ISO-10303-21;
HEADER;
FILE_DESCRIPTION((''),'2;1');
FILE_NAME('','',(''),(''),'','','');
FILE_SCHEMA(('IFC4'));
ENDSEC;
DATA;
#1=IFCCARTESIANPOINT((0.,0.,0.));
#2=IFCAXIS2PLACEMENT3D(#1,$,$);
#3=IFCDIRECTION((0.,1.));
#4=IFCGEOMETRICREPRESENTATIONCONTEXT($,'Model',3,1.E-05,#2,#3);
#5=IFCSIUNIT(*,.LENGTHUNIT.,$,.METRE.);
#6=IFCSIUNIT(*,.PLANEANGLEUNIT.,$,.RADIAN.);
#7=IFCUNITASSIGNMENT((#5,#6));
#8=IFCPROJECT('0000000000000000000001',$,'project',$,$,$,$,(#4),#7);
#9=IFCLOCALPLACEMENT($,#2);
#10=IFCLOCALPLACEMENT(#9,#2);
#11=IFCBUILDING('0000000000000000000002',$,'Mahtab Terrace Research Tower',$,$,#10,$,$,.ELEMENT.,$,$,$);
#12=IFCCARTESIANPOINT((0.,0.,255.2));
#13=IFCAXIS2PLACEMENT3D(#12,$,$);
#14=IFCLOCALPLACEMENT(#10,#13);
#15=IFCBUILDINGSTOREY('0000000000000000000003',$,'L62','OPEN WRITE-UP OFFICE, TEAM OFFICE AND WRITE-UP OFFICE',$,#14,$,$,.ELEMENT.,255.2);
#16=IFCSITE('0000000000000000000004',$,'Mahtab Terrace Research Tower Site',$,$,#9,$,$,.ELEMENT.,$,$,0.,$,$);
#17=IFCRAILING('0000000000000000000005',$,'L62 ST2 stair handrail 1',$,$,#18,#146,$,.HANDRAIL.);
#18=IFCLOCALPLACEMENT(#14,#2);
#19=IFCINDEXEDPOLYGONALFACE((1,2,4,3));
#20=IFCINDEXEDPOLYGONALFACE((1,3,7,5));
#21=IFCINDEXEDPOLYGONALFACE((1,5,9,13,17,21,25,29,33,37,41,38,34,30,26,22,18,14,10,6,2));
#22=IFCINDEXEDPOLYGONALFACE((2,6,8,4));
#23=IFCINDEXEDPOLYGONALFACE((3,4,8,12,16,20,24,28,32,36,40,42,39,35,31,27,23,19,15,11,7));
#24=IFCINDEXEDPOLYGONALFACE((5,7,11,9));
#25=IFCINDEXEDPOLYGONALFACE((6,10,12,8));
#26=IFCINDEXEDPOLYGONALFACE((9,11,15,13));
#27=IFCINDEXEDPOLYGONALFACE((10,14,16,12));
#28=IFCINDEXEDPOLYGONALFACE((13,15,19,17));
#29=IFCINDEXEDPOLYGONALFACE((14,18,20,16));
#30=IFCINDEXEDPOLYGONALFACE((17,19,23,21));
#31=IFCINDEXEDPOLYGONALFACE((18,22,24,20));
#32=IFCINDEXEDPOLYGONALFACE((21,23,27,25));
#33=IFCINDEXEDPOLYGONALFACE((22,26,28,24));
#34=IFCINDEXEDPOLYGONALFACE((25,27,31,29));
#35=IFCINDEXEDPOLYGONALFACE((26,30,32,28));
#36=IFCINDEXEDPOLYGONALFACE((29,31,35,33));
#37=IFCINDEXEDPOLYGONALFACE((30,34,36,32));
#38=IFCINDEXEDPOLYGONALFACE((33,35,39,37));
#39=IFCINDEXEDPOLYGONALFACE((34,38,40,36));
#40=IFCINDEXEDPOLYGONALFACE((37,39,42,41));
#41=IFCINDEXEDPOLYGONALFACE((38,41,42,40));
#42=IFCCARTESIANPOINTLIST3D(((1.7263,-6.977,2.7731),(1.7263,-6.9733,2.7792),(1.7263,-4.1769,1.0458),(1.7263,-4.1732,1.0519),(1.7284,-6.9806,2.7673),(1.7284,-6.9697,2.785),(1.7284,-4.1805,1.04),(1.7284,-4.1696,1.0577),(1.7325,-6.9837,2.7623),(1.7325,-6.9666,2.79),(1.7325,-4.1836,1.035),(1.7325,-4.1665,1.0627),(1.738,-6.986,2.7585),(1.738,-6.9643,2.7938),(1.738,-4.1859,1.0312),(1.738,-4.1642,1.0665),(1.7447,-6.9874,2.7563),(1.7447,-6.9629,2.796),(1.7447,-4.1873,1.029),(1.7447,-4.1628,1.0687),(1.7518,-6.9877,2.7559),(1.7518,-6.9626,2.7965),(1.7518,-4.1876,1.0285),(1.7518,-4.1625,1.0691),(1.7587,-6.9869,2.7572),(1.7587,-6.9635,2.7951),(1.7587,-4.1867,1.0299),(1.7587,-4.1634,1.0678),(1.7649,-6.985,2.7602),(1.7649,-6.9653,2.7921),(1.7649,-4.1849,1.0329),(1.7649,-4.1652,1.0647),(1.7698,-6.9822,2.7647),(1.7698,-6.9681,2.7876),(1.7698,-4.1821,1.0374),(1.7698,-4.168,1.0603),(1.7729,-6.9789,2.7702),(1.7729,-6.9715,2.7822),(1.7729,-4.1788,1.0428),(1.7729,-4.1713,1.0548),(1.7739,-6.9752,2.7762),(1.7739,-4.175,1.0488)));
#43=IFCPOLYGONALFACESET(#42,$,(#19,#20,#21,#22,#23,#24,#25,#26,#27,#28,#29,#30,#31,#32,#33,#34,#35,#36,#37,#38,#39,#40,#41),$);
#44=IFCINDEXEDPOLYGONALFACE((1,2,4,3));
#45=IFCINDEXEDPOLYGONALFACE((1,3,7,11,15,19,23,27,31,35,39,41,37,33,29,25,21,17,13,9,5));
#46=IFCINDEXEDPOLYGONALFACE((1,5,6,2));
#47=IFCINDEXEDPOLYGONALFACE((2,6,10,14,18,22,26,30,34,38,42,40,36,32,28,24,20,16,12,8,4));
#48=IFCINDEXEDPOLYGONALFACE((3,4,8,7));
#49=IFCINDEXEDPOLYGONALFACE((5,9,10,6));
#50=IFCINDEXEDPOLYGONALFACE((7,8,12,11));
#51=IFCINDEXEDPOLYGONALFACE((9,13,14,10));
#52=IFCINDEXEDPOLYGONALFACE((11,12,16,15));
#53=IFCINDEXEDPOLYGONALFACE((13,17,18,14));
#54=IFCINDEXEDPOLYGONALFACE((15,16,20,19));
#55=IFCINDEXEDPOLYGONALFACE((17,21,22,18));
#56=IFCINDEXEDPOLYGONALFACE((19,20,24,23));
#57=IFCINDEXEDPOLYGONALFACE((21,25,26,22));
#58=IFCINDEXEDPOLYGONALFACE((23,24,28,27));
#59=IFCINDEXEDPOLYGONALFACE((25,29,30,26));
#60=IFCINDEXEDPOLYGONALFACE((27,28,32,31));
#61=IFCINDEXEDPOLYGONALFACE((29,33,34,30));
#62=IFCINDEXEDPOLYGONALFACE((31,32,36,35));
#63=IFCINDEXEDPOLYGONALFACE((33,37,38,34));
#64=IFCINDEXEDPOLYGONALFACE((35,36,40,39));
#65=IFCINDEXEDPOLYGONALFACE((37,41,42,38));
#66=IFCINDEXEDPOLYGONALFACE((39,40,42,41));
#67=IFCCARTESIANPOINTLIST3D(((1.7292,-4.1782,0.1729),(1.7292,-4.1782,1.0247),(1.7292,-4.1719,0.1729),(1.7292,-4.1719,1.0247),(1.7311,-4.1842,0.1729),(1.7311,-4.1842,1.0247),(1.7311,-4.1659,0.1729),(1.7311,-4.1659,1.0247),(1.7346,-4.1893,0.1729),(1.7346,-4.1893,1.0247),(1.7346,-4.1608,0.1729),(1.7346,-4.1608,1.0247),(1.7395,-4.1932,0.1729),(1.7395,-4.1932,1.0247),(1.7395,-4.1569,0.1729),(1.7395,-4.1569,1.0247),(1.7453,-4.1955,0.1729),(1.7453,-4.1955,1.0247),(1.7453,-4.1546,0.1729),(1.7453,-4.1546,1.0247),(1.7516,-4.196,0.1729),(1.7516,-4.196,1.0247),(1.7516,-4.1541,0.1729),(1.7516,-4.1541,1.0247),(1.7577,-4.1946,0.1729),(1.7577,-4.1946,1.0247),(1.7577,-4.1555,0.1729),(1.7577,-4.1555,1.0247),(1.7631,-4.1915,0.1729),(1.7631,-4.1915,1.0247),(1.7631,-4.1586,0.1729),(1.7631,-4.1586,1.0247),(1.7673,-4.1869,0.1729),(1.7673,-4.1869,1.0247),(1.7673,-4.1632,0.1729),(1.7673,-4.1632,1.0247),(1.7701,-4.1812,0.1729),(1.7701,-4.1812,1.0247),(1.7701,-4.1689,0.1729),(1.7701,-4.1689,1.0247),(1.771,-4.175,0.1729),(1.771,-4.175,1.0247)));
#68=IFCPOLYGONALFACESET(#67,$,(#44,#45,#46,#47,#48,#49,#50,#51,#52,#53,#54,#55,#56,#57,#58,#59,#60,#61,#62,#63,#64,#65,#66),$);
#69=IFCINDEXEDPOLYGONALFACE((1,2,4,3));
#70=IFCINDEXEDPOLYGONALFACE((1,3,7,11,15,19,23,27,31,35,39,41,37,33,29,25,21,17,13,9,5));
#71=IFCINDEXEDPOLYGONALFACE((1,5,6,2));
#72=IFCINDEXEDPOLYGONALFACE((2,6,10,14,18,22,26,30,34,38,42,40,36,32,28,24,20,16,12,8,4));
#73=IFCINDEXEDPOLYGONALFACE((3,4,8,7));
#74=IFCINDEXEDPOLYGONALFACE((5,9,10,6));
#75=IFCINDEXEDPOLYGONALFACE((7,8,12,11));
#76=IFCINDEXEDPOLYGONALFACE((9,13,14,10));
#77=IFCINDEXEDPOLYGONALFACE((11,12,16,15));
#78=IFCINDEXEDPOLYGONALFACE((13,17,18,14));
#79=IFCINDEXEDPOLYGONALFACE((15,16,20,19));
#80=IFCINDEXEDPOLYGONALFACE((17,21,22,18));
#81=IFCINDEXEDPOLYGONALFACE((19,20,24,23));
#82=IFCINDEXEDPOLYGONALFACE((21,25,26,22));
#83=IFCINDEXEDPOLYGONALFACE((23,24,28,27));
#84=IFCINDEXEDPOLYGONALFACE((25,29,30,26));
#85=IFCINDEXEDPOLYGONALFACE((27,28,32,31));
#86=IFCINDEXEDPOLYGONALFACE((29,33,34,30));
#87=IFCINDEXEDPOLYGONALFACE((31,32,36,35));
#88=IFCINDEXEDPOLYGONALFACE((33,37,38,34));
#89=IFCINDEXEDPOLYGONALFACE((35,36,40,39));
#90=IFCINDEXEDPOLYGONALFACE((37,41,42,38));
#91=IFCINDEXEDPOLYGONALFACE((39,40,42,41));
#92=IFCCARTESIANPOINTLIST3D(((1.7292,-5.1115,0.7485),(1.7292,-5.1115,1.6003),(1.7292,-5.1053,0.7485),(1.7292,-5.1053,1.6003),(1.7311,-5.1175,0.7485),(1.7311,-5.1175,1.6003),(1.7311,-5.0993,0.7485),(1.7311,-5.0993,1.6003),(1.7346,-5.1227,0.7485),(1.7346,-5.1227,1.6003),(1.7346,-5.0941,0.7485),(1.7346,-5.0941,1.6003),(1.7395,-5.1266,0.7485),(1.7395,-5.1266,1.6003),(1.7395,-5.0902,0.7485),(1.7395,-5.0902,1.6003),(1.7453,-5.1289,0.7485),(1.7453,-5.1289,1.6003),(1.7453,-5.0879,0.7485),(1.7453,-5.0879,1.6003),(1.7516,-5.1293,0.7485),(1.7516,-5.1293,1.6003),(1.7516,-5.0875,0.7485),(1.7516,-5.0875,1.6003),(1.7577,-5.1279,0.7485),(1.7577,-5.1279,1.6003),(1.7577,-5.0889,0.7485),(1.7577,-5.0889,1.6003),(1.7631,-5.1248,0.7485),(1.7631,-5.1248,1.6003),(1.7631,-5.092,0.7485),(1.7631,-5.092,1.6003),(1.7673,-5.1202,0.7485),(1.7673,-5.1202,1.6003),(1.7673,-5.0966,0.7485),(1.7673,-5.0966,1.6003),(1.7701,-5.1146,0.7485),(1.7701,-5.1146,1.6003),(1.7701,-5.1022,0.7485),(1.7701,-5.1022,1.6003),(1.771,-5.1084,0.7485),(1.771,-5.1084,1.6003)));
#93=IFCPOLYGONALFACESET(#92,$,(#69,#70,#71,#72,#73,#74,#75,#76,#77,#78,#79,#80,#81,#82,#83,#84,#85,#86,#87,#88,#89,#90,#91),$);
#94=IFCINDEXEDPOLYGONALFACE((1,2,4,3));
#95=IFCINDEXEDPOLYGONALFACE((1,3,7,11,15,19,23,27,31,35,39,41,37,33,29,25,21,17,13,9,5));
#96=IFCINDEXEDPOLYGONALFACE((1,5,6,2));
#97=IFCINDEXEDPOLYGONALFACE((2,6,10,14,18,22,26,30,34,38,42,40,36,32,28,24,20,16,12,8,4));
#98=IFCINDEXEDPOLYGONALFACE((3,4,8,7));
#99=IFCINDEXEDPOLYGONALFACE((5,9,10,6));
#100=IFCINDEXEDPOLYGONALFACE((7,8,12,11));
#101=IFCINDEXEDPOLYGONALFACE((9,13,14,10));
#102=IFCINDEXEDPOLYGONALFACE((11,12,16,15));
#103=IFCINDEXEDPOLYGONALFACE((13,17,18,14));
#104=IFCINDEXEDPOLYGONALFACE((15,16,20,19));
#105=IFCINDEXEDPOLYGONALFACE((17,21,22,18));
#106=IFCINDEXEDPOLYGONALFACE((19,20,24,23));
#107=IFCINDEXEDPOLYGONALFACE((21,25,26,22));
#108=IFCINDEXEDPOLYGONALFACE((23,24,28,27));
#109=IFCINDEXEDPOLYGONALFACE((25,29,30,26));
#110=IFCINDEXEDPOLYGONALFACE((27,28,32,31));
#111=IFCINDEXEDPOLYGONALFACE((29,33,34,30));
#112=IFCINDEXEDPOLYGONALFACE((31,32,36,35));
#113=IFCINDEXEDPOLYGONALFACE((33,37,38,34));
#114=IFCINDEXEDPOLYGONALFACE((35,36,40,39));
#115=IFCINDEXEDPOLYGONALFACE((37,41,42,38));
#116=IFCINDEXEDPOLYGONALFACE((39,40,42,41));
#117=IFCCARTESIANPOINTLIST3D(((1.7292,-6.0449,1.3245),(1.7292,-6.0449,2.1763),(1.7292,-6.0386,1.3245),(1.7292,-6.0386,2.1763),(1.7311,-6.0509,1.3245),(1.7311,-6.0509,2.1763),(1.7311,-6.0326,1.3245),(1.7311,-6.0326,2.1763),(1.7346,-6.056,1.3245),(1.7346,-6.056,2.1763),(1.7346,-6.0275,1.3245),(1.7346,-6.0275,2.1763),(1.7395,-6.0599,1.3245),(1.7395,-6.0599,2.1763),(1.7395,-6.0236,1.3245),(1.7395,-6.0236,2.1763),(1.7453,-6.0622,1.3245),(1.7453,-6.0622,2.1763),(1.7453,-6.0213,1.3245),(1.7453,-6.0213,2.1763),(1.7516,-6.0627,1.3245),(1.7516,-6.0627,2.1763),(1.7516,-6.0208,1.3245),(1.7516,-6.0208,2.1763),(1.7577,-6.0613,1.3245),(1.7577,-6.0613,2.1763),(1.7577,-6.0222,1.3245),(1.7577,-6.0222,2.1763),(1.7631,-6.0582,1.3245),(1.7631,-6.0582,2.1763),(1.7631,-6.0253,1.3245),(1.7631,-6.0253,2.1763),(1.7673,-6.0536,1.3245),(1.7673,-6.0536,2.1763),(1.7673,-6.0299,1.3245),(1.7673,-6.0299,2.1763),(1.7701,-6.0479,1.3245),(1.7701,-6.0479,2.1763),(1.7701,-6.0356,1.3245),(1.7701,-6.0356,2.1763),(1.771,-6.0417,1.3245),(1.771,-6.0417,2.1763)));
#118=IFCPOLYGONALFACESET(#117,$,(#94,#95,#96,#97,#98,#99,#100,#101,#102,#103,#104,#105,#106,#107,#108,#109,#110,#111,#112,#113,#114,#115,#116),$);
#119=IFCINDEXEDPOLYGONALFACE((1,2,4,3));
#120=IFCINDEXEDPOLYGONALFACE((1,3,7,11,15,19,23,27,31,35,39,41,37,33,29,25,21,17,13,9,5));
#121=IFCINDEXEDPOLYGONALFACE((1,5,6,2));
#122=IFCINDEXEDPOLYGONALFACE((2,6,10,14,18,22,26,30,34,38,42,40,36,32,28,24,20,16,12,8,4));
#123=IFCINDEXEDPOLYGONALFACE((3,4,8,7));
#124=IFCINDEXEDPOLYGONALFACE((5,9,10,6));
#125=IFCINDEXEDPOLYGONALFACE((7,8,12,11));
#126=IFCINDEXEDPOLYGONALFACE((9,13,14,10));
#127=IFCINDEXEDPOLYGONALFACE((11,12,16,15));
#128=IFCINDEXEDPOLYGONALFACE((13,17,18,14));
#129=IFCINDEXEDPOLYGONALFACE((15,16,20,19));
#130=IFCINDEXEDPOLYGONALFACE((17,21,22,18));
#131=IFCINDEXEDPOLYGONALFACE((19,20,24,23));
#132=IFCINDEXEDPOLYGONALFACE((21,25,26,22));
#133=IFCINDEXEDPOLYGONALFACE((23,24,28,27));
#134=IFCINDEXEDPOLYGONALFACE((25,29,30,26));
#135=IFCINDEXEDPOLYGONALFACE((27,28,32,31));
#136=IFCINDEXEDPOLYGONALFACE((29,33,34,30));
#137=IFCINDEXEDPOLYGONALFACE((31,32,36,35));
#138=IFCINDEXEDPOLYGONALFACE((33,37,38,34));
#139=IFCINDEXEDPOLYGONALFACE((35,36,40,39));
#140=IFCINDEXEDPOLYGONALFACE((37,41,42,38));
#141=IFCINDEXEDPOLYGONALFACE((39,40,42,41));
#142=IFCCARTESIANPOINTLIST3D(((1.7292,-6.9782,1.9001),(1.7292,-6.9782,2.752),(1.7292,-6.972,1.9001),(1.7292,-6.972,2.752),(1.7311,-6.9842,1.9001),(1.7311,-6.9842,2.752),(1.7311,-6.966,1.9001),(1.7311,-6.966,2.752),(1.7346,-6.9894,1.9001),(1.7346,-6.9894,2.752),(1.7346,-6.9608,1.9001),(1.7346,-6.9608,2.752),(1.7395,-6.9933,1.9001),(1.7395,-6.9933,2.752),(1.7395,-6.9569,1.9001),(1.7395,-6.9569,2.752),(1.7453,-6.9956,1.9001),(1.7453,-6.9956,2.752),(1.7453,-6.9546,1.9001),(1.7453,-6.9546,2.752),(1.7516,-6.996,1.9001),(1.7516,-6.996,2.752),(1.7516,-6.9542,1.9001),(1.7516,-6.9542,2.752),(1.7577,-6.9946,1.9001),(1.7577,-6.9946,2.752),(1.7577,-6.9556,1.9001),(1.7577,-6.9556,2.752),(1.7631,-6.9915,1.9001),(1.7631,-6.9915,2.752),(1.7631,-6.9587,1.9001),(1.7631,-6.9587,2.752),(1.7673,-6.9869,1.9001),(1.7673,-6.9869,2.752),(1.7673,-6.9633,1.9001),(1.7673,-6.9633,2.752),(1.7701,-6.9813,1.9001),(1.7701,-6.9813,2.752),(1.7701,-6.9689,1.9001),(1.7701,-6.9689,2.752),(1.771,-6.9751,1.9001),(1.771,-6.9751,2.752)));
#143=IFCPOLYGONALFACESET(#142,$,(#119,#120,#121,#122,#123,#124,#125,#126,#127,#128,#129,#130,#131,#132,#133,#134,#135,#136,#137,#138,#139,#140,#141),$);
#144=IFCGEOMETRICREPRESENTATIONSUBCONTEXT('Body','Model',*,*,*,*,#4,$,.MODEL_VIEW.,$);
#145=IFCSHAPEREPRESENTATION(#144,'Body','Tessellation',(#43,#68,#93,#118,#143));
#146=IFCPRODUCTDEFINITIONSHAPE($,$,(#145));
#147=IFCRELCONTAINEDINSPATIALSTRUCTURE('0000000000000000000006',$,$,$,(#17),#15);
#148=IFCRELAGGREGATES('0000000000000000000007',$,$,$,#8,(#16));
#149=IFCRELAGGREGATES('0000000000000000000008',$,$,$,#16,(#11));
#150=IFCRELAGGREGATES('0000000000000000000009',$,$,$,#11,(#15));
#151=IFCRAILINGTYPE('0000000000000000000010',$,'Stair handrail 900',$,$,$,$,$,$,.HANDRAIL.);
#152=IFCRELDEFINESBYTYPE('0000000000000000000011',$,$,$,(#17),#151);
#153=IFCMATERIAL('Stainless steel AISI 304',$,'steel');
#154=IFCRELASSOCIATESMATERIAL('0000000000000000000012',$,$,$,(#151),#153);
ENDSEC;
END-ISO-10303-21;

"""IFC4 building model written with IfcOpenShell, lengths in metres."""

from ifc_helpers import new_model, si_unit, direction, frame, origin, origin_2d, place, context, subcontext, project, spatial, circle, extrude, material, type_object, element, save


model = new_model("IFC4")

# Units and contexts
model_context = context("Model", 3, precision=1e-05, world=origin(), true_north=direction((0.0, 1.0)))
body_context = subcontext(model_context, "Body", "Model", "MODEL_VIEW")
ifc_project = project(units=[si_unit("LENGTHUNIT", "METRE"), si_unit("PLANEANGLEUNIT", "RADIAN")], contexts=[model_context])

# Site, building, storey
site_placement = place(None, origin())
site = spatial("IfcSite", under=ifc_project, at=site_placement, Name="Mahtab Terrace Research Tower Site", CompositionType="ELEMENT", RefElevation=0.0)
building_placement = place(site_placement, origin())
building = spatial("IfcBuilding", under=site, at=building_placement, Name="Mahtab Terrace Research Tower", CompositionType="ELEMENT")
storey_placement = place(building_placement, frame((0.0, 0.0, 255.2)))
storey = spatial("IfcBuildingStorey", under=building, at=storey_placement, Name="L62", Description="OPEN WRITE-UP OFFICE, TEAM OFFICE AND WRITE-UP OFFICE", CompositionType="ELEMENT", Elevation=255.2)

# Railing
ifc_material_1 = material(Name="Stainless steel AISI 304", Category="steel")
railing_type_1 = type_object("IfcRailingType", Name="Stair handrail 900", PredefinedType="HANDRAIL", material=ifc_material_1)
railing_1_placement = place(storey_placement, frame((1.75, -4.175, 0.1729)))
element("IfcRailing", 1, at=railing_1_placement, inside=storey, type_object=railing_type_1, Name="L62 ST2 stair handrail 1", PredefinedType="HANDRAIL", context=body_context, shape_type="SweptSolid", body=[
    extrude(circle(Radius=0.0239, at=origin_2d()), frame((0.0, 0.0, 0.876), z_axis=(0.0, -0.85109, 0.52502), x_axis=(1.0, 0.0, 0.0)), (0.0, 0.0, 1.0), 3.29),
    extrude(circle(Radius=0.021, at=origin_2d()), origin(), (0.0, 0.0, 1.0), 0.8518),
    extrude(circle(Radius=0.021, at=origin_2d()), frame((0.0, -0.9333, 0.5757)), (0.0, 0.0, 1.0), 0.8518),
    extrude(circle(Radius=0.021, at=origin_2d()), frame((0.0, -1.8667, 1.1516)), (0.0, 0.0, 1.0), 0.8518),
    extrude(circle(Radius=0.021, at=origin_2d()), frame((0.0, -2.8, 1.7273)), (0.0, 0.0, 1.0), 0.8518),
])

save(model, "model.ifc")
